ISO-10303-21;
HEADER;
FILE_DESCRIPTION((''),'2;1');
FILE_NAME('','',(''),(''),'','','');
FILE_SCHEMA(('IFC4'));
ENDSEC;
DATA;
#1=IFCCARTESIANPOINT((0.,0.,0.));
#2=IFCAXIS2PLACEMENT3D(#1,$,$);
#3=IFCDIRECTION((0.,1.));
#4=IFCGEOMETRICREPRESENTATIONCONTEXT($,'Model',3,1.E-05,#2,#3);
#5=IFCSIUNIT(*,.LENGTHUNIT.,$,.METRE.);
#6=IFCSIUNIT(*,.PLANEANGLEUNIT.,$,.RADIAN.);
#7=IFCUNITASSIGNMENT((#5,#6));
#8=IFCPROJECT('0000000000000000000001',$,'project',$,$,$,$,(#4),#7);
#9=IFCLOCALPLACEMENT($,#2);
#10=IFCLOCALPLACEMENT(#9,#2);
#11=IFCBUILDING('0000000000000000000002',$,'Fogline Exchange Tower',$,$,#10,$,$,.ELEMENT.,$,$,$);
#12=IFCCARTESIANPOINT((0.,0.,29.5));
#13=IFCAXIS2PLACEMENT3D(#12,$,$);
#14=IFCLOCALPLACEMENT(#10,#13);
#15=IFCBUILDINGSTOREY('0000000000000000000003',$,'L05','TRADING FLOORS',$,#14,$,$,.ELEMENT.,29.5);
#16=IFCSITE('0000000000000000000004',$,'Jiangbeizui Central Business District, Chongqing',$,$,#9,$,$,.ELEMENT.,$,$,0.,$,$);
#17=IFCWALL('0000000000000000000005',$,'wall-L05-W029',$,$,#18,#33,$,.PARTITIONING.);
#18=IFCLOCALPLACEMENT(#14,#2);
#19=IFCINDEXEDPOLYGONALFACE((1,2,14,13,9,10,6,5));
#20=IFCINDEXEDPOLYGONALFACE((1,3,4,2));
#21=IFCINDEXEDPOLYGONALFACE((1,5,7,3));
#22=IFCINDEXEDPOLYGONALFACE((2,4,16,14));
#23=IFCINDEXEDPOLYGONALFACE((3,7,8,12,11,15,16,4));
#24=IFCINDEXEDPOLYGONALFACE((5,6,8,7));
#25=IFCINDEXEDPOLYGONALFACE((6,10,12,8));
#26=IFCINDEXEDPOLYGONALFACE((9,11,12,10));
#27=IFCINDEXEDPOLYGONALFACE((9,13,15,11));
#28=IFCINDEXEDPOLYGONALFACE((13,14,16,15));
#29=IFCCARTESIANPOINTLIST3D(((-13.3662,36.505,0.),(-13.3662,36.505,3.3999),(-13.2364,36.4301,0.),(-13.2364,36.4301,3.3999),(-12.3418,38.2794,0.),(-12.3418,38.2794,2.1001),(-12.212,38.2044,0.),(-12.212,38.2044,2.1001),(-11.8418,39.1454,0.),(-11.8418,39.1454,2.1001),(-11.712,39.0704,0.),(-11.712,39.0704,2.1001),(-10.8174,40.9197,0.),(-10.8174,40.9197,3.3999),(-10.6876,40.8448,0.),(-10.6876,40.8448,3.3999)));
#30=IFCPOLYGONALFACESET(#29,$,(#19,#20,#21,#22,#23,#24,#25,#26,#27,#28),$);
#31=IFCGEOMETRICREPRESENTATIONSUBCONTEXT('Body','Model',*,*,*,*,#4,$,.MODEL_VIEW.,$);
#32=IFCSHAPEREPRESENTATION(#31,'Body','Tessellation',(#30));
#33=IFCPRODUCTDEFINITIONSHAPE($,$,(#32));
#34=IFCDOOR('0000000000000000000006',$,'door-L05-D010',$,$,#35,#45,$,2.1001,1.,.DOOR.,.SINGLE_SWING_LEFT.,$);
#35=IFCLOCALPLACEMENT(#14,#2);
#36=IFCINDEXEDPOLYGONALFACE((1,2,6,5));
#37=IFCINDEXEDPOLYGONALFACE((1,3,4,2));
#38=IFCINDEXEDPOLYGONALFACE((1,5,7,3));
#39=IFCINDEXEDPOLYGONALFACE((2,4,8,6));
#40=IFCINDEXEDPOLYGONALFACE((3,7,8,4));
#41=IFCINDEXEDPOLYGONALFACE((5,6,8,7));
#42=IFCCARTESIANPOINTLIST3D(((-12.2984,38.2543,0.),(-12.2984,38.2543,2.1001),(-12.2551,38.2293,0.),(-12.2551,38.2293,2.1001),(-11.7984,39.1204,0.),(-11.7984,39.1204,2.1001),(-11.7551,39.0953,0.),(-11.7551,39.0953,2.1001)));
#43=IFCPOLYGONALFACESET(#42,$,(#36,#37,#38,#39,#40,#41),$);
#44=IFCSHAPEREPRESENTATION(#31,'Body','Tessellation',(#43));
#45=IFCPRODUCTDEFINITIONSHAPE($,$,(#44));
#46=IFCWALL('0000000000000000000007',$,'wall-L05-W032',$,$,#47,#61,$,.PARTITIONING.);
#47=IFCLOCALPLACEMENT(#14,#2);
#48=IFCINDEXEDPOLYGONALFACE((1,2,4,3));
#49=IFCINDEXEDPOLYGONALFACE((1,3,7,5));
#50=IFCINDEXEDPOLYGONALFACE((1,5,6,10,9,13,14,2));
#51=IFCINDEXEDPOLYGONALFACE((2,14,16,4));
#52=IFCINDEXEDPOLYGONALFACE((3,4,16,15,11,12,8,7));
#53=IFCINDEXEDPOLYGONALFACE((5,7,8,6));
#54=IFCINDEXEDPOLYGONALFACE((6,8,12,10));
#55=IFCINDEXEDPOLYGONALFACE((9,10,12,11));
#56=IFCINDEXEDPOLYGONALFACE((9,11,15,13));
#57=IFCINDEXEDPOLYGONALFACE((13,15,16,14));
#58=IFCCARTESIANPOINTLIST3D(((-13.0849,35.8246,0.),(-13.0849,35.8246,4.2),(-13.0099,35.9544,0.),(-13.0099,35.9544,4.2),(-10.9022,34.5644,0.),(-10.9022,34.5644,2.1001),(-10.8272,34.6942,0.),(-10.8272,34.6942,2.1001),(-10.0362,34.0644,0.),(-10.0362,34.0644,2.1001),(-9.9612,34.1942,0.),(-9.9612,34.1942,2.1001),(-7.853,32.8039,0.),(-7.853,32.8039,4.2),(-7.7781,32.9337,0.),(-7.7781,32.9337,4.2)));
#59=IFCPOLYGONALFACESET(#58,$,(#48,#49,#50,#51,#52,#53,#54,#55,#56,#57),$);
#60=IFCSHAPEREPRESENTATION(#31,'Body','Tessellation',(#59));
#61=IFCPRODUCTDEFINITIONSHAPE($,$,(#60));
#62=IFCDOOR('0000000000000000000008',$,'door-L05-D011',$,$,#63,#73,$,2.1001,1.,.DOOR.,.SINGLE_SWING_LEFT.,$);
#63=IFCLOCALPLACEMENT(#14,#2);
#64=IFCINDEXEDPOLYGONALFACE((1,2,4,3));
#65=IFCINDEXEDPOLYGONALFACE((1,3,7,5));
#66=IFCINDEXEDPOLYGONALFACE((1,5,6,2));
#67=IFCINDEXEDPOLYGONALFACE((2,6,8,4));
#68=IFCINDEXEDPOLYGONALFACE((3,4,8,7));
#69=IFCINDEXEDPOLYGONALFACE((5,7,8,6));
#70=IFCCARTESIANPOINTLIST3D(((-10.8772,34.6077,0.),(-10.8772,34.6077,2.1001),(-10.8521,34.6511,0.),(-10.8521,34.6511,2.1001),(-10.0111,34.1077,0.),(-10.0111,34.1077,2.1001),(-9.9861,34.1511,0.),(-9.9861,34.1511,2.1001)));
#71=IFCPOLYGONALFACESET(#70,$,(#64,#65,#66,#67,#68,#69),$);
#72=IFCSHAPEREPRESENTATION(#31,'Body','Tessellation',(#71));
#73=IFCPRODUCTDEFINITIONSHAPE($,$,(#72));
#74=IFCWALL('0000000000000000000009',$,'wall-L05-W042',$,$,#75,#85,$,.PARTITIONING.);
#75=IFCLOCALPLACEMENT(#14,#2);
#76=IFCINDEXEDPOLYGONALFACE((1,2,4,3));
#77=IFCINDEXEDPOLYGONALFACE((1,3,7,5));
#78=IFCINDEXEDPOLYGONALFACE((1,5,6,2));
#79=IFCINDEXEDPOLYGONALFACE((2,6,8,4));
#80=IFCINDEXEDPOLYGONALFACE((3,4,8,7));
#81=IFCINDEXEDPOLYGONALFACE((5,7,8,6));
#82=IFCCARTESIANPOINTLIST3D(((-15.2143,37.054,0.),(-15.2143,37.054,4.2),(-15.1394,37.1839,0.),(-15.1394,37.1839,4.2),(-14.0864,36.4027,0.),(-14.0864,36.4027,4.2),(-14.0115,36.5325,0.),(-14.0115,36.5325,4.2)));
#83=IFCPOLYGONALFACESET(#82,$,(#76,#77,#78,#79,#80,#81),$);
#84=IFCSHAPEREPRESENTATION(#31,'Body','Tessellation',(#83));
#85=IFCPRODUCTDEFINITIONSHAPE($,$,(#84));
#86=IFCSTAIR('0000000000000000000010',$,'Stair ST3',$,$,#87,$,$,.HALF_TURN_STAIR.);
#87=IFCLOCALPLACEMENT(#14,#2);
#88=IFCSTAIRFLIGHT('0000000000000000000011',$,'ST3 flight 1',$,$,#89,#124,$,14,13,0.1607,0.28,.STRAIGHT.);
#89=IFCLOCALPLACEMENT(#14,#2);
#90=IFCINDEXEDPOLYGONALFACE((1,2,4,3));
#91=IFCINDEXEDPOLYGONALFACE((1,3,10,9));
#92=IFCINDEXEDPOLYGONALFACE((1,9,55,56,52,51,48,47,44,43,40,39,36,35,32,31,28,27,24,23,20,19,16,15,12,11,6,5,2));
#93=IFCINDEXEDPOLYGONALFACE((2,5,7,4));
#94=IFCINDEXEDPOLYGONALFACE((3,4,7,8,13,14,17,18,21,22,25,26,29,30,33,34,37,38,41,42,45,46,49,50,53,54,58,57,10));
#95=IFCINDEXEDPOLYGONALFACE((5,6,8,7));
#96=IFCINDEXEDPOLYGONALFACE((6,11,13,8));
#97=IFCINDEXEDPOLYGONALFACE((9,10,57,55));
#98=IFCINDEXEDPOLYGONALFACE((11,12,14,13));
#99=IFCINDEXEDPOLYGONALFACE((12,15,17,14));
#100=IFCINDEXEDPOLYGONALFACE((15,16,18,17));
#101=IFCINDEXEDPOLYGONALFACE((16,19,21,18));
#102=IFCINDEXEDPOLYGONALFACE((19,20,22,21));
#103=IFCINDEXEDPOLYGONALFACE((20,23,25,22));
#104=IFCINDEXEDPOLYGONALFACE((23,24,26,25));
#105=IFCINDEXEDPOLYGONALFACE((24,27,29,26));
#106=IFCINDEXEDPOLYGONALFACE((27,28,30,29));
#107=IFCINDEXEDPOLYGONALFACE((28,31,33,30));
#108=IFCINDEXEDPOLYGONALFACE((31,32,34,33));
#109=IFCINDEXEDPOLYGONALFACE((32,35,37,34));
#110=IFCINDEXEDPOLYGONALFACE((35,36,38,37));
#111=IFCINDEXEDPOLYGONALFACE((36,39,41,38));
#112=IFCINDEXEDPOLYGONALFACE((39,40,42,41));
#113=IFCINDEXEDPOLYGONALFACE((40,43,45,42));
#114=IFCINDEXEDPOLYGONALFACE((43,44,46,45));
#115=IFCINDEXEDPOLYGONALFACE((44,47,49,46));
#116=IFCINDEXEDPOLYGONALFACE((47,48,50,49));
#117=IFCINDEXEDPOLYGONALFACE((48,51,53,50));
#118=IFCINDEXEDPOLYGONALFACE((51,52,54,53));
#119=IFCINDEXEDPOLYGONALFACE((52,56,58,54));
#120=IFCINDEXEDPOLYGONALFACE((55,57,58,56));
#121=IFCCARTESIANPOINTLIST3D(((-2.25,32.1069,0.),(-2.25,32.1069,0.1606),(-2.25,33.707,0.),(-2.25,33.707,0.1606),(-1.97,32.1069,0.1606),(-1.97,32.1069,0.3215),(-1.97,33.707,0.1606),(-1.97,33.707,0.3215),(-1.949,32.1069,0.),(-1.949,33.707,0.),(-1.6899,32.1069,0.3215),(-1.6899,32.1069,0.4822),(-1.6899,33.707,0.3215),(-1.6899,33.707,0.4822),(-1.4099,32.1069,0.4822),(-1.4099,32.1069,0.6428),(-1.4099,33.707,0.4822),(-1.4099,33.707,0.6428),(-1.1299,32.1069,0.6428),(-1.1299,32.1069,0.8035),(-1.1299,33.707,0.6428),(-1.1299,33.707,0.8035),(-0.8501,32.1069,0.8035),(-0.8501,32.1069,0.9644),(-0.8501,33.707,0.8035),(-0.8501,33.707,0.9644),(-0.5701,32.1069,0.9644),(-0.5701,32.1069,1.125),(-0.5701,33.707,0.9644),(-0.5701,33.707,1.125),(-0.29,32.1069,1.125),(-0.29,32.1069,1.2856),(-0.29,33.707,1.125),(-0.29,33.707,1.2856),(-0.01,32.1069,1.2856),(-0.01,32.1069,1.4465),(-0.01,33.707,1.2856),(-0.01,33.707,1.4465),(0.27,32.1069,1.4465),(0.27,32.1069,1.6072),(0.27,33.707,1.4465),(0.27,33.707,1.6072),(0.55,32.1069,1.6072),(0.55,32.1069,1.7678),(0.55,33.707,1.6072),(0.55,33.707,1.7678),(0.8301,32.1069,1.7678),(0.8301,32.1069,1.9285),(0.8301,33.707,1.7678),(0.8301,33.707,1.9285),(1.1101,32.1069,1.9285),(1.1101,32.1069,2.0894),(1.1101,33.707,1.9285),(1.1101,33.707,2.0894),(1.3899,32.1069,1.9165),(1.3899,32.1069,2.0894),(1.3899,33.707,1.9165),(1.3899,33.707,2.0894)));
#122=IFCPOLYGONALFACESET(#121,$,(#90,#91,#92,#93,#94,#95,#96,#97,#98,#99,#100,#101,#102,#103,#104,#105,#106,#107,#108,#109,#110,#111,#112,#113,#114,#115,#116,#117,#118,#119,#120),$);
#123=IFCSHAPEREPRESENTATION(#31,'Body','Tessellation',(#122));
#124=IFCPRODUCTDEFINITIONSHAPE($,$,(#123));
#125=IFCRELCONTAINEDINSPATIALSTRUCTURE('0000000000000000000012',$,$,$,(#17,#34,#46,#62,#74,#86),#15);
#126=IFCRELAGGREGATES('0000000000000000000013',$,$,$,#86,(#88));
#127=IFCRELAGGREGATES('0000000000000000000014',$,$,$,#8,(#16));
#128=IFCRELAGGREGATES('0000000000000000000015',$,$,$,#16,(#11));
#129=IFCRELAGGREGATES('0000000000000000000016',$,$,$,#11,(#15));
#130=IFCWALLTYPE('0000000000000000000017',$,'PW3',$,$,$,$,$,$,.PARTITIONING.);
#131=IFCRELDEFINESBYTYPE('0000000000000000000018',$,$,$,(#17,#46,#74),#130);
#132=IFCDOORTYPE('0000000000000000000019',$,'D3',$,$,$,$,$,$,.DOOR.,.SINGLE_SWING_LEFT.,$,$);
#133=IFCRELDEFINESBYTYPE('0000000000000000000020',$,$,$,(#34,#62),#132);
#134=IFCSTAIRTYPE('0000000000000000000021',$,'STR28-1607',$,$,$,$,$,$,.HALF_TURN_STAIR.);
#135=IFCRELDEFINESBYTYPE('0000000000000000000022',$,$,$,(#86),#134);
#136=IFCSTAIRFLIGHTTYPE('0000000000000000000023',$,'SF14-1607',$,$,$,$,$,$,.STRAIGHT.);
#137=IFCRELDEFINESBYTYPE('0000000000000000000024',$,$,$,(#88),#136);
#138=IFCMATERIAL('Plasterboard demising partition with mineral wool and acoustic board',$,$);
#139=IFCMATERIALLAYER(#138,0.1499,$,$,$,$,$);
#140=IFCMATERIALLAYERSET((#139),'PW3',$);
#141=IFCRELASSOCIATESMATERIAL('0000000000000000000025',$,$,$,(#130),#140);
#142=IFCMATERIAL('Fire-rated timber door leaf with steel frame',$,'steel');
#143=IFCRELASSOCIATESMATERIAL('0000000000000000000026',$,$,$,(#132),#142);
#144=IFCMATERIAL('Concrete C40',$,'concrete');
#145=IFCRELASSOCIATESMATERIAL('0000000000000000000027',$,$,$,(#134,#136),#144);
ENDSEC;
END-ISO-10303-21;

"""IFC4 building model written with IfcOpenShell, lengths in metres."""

from ifc_helpers import new_model, si_unit, direction, frame, frame_2d, origin, place, context, subcontext, project, spatial, polyline, rectangle, outline, extrude, material, layer, layer_set, type_object, element, fill, aggregate, save


model = new_model("IFC4")

# Units and contexts
model_context = context("Model", 3, precision=1e-05, world=origin(), true_north=direction((0.0, 1.0)))
body_context = subcontext(model_context, "Body", "Model", "MODEL_VIEW")
ifc_project = project(units=[si_unit("LENGTHUNIT", "METRE"), si_unit("PLANEANGLEUNIT", "RADIAN")], contexts=[model_context])

# Site, building, storey
site_placement = place(None, origin())
site = spatial("IfcSite", under=ifc_project, at=site_placement, Name="Jiangbeizui Central Business District, Chongqing", CompositionType="ELEMENT", RefElevation=0.0)
building_placement = place(site_placement, origin())
building = spatial("IfcBuilding", under=site, at=building_placement, Name="Fogline Exchange Tower", CompositionType="ELEMENT")
storey_placement = place(building_placement, frame((0.0, 0.0, 29.5)))
storey = spatial("IfcBuildingStorey", under=building, at=storey_placement, Name="L05", Description="TRADING FLOORS", CompositionType="ELEMENT", Elevation=29.5)

# Shared definitions
ifc_material_1 = material(Name="Concrete C40", Category="concrete")

# Shared definitions
ifc_material_2 = material(Name="Plasterboard demising partition with mineral wool and acoustic board")
ifc_layer_1 = layer(ifc_material_2, 0.1499)
ifc_layer_set_1 = layer_set([ifc_layer_1], Name="PW3")
wall_type_1 = type_object("IfcWallType", Name="PW3", PredefinedType="PARTITIONING", material=ifc_layer_set_1)

# Walls, openings, doors
wall_1_placement = place(storey_placement, frame((-13.3013, 36.4675, 0.0), z_axis=(0.0, 0.0, 1.0), x_axis=(0.499992, 0.86603, 0.0)))
wall_1 = element("IfcWall", 1, at=wall_1_placement, inside=storey, type_object=wall_type_1, Name="wall-L05-W029", PredefinedType="PARTITIONING", context=body_context, shape_type="SweptSolid", body=[
    extrude(rectangle(XDim=5.0977, YDim=0.1499, at=frame_2d((2.5488, 0.0))), origin(), (0.0, 0.0, 1.0), 3.3999),
])
opening_1_placement = place(wall_1_placement, frame((2.0488, 0.0, 0.0)))
opening_1 = element("IfcOpeningElement", 2, at=opening_1_placement, cuts=wall_1, PredefinedType="OPENING", context=body_context, shape_type="SweptSolid", body=[
    extrude(rectangle(XDim=1.0, YDim=2.1001, at=frame_2d((0.5, 1.05))), frame((0.0, 0.085, 0.0), z_axis=(0.0, -1.0, 0.0), x_axis=(1.0, 0.0, 0.0)), (0.0, 0.0, 1.0), 0.1699),
])
ifc_material_3 = material(Name="Fire-rated timber door leaf with steel frame", Category="steel")
door_type_1 = type_object("IfcDoorType", Name="D3", OperationType="SINGLE_SWING_LEFT", PredefinedType="DOOR", material=ifc_material_3)
door_1_placement = place(opening_1_placement, origin())
door_1 = element("IfcDoor", 3, at=door_1_placement, inside=storey, type_object=door_type_1, Name="door-L05-D010", OperationType="SINGLE_SWING_LEFT", OverallHeight=2.1001, OverallWidth=1.0, PredefinedType="DOOR", context=body_context, shape_type="SweptSolid", body=[
    extrude(rectangle(XDim=1.0, YDim=2.1001, at=frame_2d((0.5, 1.05))), frame((0.0, 0.0249, 0.0), z_axis=(0.0, -1.0, 0.0), x_axis=(1.0, 0.0, 0.0)), (0.0, 0.0, 1.0), 0.05),
])
fill(opening_1, door_1)
wall_2_placement = place(storey_placement, frame((-7.8157, 32.8689, 0.0), z_axis=(0.0, 0.0, 1.0), x_axis=(-0.866019, 0.500012, 0.0)))
wall_2 = element("IfcWall", 4, at=wall_2_placement, inside=storey, type_object=wall_type_1, Name="wall-L05-W032", PredefinedType="PARTITIONING", context=body_context, shape_type="SweptSolid", body=[
    extrude(rectangle(XDim=6.0413, YDim=0.1499, at=frame_2d((3.0205, 0.0))), origin(), (0.0, 0.0, 1.0), 4.2),
])
opening_2_placement = place(wall_2_placement, frame((2.5208, 0.0, 0.0)))
opening_2 = element("IfcOpeningElement", 5, at=opening_2_placement, cuts=wall_2, PredefinedType="OPENING", context=body_context, shape_type="SweptSolid", body=[
    extrude(rectangle(XDim=1.0, YDim=2.1001, at=frame_2d((0.5, 1.05))), frame((0.0, 0.085, 0.0), z_axis=(0.0, -1.0, 0.0), x_axis=(1.0, 0.0, 0.0)), (0.0, 0.0, 1.0), 0.1699),
])
door_2_placement = place(opening_2_placement, origin())
door_2 = element("IfcDoor", 6, at=door_2_placement, inside=storey, type_object=door_type_1, Name="door-L05-D011", OperationType="SINGLE_SWING_LEFT", OverallHeight=2.1001, OverallWidth=1.0, PredefinedType="DOOR", context=body_context, shape_type="SweptSolid", body=[
    extrude(rectangle(XDim=1.0, YDim=2.1001, at=frame_2d((0.5, 1.05))), frame((0.0, 0.0249, 0.0), z_axis=(0.0, -1.0, 0.0), x_axis=(1.0, 0.0, 0.0)), (0.0, 0.0, 1.0), 0.05),
])
fill(opening_2, door_2)

# Wall
wall_3_placement = place(storey_placement, frame((-14.0488, 36.4675, 0.0), z_axis=(0.0, 0.0, 1.0), x_axis=(-0.865973, 0.50009, 0.0)))
element("IfcWall", 7, at=wall_3_placement, inside=storey, type_object=wall_type_1, Name="wall-L05-W042", PredefinedType="PARTITIONING", context=body_context, shape_type="SweptSolid", body=[
    extrude(rectangle(XDim=1.3025, YDim=0.1499, at=frame_2d((0.6514, 0.0))), origin(), (0.0, 0.0, 1.0), 4.2),
])

# Stair, stair flight
stair_type = type_object("IfcStairType", Name="STR28-1607", PredefinedType="HALF_TURN_STAIR", material=ifc_material_1)
stair_placement = place(storey_placement, origin())
stair = element("IfcStair", 8, at=stair_placement, inside=storey, type_object=stair_type, Name="Stair ST3", PredefinedType="HALF_TURN_STAIR")
stair_flight_type = type_object("IfcStairFlightType", Name="SF14-1607", PredefinedType="STRAIGHT", material=ifc_material_1)
stair_flight_placement = place(storey_placement, frame((-2.25, 32.907, 0.0), z_axis=(0.0, 0.0, 1.0), x_axis=(1.0, 0.0, 0.0)))
stair_flight = element("IfcStairFlight", 9, at=stair_flight_placement, type_object=stair_flight_type, Name="ST3 flight 1", NumberOfRisers=14, NumberOfTreads=13, PredefinedType="STRAIGHT", RiserHeight=0.1607, TreadLength=0.28, context=body_context, shape_type="SweptSolid", body=[
    extrude(outline(polyline([(0.0, 0.0), (0.0, 0.1606), (0.28, 0.1606), (0.28, 0.3215), (0.5601, 0.3215), (0.5601, 0.4822), (0.8401, 0.4822), (0.8401, 0.6428), (1.1201, 0.6428), (1.1201, 0.8035), (1.3999, 0.8035), (1.3999, 0.9644), (1.6799, 0.9644), (1.6799, 1.125), (1.96, 1.125), (1.96, 1.2856), (2.24, 1.2856), (2.24, 1.4465), (2.52, 1.4465), (2.52, 1.6072), (2.8, 1.6072), (2.8, 1.7678), (3.0801, 1.7678), (3.0801, 1.9285), (3.3601, 1.9285), (3.3601, 2.0894), (3.6399, 2.0894), (3.6399, 2.25), (3.6399, 1.9165), (0.301, 0.0), (0.0, 0.0)])), frame((0.0, 0.8, 0.0), z_axis=(0.0, -1.0, 0.0), x_axis=(1.0, 0.0, 0.0)), (0.0, 0.0, 1.0), 1.6001),
])
aggregate(stair, [stair_flight])

save(model, "model.ifc")
